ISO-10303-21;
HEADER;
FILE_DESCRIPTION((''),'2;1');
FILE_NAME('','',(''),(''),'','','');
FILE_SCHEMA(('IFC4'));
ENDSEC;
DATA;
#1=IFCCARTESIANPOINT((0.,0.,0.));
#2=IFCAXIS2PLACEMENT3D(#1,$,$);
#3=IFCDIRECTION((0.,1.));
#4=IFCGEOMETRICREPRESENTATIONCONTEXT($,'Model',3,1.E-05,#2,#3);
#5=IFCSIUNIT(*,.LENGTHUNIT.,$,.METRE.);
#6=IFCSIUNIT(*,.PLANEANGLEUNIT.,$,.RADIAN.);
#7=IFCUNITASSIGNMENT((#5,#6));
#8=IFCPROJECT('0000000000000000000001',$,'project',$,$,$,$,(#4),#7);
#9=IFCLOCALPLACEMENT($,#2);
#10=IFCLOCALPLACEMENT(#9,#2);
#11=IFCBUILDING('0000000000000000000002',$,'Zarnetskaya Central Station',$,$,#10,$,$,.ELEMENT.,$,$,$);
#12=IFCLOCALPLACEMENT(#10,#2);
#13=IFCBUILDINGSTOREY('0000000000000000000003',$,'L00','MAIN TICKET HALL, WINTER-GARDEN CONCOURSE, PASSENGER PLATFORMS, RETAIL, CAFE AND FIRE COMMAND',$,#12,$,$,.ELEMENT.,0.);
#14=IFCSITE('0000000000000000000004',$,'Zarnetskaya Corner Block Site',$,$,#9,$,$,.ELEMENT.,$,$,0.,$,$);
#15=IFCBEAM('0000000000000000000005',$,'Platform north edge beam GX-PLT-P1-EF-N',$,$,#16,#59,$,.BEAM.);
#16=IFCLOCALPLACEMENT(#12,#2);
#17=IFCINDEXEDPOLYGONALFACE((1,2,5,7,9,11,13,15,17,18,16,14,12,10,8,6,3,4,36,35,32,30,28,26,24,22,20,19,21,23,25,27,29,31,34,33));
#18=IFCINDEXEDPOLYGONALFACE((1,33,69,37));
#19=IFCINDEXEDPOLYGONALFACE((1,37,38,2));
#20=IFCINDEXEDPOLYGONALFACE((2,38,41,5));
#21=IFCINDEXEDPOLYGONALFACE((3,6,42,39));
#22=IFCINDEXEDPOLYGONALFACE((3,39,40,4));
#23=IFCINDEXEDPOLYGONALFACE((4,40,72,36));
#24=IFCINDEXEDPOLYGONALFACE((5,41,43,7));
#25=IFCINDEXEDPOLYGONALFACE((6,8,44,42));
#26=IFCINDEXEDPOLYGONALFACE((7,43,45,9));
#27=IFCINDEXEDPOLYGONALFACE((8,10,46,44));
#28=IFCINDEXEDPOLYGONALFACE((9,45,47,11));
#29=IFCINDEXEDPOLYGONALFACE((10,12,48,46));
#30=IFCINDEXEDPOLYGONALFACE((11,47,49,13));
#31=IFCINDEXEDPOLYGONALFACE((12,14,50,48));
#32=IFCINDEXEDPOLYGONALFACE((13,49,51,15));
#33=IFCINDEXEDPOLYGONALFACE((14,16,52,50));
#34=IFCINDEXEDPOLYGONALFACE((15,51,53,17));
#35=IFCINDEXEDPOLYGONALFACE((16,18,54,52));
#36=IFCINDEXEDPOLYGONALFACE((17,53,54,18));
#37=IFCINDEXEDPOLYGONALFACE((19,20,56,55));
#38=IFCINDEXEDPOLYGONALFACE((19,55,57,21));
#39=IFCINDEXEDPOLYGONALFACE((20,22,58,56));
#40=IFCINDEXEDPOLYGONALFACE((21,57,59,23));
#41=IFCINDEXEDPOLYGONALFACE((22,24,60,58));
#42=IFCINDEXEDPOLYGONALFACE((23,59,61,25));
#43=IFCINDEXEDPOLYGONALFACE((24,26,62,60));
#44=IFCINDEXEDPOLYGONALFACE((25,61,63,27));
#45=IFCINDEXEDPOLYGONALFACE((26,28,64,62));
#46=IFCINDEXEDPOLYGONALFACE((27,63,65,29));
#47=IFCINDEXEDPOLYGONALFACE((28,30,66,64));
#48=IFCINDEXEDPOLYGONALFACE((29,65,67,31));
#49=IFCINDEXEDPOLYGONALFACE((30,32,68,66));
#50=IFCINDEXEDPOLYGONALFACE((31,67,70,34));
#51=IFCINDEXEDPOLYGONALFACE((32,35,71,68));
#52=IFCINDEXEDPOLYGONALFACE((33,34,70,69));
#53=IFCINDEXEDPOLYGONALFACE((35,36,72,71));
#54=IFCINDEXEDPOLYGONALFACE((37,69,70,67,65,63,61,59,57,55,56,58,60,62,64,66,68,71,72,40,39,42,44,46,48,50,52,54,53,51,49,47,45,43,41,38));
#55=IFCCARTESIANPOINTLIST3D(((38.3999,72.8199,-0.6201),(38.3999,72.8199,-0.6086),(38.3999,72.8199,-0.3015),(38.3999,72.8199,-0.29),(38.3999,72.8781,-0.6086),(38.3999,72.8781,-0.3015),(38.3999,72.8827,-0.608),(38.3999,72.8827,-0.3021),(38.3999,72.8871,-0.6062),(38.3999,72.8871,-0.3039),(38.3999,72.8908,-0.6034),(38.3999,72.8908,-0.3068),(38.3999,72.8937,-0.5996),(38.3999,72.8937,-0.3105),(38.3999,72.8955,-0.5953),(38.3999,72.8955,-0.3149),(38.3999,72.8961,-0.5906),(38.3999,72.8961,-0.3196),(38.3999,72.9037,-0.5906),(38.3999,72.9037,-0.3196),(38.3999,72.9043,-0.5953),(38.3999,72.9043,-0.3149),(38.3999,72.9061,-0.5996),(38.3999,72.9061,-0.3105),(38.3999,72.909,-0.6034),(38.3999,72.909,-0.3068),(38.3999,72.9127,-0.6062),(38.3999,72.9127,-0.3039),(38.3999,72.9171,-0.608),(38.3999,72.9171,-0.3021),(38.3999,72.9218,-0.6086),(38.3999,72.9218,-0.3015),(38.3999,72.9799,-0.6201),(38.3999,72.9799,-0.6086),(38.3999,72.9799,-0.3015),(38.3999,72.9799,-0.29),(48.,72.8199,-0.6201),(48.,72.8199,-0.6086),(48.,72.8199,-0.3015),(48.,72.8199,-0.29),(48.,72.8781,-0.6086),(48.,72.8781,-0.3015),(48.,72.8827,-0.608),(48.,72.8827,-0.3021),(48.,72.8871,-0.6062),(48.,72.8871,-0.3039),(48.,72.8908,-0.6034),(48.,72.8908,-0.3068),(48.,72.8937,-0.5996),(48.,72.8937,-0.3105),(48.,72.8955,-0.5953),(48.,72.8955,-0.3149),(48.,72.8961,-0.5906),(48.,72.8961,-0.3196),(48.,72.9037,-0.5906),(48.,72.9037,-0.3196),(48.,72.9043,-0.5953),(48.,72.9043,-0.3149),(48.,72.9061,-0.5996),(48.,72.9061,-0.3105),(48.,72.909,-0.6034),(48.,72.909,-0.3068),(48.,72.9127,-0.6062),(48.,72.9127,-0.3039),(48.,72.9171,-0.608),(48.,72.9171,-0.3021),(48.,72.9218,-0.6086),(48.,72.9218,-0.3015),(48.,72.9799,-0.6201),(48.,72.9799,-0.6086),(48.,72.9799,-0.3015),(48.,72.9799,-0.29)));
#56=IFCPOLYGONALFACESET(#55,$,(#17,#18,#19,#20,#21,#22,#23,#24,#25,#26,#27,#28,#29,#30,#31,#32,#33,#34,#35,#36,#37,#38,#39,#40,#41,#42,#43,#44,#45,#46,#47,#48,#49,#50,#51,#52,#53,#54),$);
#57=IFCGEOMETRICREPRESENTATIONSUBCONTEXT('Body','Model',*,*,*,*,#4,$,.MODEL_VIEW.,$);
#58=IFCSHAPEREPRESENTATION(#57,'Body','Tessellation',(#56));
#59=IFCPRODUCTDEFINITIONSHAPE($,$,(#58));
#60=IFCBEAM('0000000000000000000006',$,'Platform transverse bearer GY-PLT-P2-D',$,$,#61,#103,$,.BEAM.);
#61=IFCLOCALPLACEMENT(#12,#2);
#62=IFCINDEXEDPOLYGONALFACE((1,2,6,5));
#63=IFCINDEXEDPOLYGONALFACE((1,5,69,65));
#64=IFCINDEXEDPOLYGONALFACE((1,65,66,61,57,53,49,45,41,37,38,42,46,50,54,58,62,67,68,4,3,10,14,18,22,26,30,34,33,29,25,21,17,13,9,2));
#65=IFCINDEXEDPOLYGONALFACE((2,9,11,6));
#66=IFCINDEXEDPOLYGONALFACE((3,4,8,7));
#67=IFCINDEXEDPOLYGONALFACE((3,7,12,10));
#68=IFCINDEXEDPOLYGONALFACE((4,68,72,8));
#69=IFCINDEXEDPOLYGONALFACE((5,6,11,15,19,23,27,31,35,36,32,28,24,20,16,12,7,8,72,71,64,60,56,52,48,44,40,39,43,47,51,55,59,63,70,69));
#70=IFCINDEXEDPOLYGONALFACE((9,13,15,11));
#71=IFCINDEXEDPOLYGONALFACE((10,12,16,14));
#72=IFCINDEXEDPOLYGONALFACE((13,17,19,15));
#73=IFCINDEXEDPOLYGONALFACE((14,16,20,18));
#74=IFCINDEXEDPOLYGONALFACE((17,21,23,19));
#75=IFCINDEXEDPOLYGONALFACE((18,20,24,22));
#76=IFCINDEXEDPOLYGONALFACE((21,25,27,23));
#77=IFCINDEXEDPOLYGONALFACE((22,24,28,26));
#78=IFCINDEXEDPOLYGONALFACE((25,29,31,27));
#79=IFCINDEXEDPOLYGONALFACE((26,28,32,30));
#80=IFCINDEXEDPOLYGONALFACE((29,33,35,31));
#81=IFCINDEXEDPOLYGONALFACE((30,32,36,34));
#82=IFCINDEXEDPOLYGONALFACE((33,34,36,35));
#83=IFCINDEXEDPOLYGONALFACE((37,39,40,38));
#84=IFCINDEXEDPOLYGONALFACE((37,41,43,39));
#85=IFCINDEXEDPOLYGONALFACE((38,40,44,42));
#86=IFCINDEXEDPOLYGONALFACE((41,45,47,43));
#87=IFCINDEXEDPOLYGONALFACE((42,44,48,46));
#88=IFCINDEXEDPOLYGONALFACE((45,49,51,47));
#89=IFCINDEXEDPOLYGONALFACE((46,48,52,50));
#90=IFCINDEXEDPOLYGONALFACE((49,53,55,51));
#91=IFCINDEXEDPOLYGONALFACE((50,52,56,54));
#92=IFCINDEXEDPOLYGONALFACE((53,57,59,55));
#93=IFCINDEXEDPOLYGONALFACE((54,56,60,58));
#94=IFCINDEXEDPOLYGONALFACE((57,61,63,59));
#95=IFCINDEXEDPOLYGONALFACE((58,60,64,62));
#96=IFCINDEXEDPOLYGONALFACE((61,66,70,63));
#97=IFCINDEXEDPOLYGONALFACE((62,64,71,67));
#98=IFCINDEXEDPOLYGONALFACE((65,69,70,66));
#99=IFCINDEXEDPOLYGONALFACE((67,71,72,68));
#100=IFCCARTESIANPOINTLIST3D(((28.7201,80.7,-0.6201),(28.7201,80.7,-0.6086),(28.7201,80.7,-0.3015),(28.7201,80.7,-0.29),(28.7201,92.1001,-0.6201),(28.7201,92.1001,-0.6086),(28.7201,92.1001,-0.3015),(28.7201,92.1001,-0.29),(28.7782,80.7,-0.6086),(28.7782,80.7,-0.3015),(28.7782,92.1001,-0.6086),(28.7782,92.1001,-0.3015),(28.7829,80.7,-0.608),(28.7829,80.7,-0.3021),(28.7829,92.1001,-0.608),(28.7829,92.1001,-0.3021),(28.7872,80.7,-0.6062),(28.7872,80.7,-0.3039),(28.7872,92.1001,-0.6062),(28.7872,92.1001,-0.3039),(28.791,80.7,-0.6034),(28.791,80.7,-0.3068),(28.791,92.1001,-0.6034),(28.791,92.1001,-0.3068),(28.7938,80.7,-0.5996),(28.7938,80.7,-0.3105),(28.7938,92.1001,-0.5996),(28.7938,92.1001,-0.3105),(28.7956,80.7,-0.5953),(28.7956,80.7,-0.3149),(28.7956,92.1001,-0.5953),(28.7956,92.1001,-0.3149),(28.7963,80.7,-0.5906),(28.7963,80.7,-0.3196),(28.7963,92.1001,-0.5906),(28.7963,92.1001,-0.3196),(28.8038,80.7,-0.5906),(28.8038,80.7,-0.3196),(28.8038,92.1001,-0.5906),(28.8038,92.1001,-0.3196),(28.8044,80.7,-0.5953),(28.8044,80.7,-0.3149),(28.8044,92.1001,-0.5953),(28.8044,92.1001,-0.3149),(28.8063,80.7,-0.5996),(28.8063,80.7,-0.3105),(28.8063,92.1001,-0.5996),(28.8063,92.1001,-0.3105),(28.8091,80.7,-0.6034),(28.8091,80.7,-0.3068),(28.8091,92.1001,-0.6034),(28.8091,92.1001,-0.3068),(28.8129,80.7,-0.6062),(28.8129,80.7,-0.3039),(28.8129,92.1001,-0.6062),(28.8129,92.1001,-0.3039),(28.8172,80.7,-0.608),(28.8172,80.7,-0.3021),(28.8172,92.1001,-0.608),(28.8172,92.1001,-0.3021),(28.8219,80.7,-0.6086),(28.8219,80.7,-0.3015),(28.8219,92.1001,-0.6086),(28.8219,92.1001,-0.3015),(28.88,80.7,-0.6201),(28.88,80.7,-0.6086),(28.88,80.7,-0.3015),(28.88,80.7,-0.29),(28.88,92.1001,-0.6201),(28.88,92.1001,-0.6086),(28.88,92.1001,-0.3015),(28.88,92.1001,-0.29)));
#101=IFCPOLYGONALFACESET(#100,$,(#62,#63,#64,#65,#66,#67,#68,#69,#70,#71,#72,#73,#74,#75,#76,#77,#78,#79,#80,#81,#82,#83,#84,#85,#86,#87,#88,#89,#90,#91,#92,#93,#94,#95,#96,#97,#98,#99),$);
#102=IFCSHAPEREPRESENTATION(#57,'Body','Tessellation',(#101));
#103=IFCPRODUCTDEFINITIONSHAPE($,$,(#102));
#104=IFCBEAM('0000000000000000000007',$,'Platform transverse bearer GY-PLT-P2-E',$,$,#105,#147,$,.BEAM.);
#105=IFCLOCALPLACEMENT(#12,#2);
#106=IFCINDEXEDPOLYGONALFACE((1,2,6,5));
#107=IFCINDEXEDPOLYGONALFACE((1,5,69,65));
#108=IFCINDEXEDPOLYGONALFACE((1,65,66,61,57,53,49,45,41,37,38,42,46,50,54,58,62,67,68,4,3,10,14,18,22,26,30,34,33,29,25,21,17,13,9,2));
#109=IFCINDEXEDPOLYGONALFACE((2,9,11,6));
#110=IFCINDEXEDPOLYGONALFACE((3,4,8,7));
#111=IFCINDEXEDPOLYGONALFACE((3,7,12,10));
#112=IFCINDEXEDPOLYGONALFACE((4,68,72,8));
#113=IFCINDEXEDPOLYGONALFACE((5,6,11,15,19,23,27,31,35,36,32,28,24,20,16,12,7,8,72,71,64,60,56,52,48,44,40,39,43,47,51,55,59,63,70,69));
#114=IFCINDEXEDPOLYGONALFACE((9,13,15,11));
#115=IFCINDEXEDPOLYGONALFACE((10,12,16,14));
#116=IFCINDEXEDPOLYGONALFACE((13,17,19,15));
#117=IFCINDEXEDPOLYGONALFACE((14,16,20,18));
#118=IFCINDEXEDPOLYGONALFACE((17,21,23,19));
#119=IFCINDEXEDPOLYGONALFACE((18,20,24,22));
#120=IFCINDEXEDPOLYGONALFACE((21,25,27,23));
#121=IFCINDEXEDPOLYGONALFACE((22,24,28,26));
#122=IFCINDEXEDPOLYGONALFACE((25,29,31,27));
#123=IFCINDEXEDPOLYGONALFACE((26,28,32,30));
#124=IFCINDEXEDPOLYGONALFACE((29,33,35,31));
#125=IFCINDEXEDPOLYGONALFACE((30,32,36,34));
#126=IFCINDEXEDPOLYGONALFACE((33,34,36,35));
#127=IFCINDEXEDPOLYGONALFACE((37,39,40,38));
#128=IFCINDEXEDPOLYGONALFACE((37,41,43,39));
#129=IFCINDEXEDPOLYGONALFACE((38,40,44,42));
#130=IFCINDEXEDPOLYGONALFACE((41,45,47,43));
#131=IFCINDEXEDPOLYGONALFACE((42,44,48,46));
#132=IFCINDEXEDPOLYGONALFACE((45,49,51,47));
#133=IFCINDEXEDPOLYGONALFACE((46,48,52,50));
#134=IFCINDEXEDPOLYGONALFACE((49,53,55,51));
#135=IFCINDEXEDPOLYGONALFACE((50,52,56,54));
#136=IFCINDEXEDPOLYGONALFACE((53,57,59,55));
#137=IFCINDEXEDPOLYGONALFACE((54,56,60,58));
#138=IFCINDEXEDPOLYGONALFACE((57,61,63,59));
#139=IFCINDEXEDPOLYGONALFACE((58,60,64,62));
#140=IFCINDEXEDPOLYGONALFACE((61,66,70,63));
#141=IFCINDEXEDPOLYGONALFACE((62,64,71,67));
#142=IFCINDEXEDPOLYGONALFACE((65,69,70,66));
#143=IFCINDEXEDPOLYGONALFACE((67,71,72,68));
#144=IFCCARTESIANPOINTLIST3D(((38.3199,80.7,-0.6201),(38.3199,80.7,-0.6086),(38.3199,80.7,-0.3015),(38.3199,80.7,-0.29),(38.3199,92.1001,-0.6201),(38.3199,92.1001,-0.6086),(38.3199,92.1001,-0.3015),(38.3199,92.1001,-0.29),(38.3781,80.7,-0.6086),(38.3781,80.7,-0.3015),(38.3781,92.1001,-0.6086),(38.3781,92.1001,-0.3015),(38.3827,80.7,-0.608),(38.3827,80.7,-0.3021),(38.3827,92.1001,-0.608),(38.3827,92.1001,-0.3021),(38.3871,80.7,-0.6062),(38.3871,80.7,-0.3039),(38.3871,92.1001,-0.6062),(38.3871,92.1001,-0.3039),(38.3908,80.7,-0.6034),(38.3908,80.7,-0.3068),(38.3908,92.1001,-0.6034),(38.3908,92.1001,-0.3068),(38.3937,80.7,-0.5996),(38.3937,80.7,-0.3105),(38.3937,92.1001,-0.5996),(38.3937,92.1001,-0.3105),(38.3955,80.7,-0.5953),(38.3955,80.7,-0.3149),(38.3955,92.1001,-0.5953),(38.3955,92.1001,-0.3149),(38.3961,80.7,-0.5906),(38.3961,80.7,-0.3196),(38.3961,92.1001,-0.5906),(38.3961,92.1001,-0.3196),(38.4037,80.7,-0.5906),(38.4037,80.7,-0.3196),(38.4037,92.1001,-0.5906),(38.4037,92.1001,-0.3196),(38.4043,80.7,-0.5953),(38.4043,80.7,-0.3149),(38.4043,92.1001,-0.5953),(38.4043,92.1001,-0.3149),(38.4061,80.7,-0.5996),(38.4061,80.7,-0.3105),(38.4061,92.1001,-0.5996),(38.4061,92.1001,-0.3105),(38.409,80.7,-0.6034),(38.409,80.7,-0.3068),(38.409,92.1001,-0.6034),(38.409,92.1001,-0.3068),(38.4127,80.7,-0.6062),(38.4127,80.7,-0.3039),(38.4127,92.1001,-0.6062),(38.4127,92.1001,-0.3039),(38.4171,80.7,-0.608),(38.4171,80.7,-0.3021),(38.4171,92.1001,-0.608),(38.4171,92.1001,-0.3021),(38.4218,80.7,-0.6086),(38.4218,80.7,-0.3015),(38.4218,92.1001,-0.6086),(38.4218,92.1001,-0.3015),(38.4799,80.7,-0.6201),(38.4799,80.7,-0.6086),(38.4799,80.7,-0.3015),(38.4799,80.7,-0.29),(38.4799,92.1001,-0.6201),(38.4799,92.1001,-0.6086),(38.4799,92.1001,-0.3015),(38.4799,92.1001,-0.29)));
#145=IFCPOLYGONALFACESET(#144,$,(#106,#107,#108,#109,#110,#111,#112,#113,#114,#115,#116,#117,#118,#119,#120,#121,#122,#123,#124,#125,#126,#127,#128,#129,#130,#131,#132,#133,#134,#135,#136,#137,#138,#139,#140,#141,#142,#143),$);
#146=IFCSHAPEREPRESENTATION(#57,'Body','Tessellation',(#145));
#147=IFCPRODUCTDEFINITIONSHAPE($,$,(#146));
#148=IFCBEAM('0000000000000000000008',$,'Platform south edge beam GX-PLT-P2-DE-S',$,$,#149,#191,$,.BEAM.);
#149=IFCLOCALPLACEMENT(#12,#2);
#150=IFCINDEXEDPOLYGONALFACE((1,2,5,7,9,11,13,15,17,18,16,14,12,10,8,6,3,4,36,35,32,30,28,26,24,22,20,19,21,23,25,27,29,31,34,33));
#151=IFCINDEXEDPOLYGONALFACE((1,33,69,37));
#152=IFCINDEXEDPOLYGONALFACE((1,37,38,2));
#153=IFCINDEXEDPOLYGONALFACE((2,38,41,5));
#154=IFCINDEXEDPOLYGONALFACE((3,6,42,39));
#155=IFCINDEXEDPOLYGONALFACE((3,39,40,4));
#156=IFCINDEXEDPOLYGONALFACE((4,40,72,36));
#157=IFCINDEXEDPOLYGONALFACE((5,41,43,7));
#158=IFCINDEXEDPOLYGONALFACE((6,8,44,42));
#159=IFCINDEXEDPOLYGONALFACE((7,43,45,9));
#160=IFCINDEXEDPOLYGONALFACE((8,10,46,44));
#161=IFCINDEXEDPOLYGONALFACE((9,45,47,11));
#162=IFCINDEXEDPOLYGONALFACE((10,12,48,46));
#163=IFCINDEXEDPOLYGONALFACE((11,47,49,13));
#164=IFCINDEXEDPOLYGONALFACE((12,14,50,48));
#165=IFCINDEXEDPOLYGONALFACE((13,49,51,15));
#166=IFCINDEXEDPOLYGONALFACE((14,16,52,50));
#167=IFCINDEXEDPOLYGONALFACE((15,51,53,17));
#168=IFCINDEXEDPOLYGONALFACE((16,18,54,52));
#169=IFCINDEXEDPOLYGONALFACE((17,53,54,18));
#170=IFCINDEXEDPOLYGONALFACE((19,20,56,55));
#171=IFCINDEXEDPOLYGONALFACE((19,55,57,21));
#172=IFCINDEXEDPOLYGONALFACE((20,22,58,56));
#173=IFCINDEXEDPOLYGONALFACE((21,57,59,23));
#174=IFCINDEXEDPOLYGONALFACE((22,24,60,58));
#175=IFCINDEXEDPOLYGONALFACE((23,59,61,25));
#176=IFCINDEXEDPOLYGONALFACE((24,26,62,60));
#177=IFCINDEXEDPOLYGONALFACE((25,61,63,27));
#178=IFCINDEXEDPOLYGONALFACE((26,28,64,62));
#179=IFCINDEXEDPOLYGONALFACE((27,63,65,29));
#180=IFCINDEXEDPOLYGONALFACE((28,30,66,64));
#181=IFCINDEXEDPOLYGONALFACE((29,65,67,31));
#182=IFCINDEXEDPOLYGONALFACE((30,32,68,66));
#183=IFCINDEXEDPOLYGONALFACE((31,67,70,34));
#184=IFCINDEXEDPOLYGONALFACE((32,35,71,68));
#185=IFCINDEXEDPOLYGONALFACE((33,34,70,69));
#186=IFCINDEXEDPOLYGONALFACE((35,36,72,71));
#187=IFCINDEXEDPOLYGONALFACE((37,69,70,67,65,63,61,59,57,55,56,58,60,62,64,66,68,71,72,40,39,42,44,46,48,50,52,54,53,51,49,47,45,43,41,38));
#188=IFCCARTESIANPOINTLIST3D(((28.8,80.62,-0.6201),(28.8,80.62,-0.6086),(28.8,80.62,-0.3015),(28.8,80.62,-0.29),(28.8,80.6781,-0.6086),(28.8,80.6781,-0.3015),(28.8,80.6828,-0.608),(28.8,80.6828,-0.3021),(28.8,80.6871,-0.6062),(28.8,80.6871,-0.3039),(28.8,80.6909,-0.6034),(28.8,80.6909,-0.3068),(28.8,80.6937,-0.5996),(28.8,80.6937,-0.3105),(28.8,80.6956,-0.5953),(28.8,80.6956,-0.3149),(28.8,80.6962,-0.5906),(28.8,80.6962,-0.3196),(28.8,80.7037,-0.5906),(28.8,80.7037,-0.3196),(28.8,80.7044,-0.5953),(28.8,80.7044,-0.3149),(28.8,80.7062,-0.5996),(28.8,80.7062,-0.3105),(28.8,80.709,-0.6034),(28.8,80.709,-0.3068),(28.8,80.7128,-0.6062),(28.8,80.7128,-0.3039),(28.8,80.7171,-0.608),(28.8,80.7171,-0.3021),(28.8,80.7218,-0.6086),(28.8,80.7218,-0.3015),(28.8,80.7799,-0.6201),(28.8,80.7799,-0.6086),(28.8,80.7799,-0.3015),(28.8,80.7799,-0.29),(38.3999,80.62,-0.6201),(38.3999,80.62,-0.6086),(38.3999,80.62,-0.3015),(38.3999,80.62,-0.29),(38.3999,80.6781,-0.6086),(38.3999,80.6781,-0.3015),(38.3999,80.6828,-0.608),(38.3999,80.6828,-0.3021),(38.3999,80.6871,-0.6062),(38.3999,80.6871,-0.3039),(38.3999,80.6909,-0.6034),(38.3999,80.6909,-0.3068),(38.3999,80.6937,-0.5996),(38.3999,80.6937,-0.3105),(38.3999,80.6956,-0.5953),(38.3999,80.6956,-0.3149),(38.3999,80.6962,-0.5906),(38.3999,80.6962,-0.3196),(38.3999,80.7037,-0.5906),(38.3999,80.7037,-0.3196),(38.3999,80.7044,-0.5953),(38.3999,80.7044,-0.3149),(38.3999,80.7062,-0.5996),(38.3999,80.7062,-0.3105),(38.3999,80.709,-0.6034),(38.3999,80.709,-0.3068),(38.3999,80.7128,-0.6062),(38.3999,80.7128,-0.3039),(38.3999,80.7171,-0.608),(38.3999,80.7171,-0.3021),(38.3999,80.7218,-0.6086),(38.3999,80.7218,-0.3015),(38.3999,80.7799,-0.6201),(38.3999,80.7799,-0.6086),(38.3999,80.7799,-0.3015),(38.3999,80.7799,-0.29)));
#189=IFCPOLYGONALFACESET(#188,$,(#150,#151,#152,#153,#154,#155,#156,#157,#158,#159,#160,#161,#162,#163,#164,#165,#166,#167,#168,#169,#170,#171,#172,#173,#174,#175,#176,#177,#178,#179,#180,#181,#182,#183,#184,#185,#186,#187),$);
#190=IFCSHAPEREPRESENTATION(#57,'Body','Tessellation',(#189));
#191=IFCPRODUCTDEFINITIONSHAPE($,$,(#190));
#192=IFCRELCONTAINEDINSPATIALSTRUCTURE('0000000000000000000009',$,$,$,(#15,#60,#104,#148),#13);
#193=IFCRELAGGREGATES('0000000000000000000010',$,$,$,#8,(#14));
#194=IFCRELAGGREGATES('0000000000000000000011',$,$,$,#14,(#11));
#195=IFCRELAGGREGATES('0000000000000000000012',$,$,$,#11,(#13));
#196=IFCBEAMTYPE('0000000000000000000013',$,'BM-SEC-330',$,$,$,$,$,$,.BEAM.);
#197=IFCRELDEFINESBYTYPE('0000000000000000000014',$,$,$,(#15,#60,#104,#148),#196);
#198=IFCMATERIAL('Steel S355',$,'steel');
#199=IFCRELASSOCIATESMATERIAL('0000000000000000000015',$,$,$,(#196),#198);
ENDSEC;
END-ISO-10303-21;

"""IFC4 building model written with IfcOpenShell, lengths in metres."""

from ifc_helpers import new_model, si_unit, direction, frame, origin, origin_2d, place, context, subcontext, project, spatial, i_section, extrude, material, material_profile, profile_set, type_object, element, save


model = new_model("IFC4")

# Units and contexts
model_context = context("Model", 3, precision=1e-05, world=origin(), true_north=direction((0.0, 1.0)))
body_context = subcontext(model_context, "Body", "Model", "MODEL_VIEW")
ifc_project = project(units=[si_unit("LENGTHUNIT", "METRE"), si_unit("PLANEANGLEUNIT", "RADIAN")], contexts=[model_context])

# Site, building, storey
site_placement = place(None, origin())
site = spatial("IfcSite", under=ifc_project, at=site_placement, Name="Zarnetskaya Corner Block Site", CompositionType="ELEMENT", RefElevation=0.0)
building_placement = place(site_placement, origin())
building = spatial("IfcBuilding", under=site, at=building_placement, Name="Zarnetskaya Central Station", CompositionType="ELEMENT")
storey_placement = place(building_placement, origin())
storey = spatial("IfcBuildingStorey", under=building, at=storey_placement, Name="L00", Description="MAIN TICKET HALL, WINTER-GARDEN CONCOURSE, PASSENGER PLATFORMS, RETAIL, CAFE AND FIRE COMMAND", CompositionType="ELEMENT", Elevation=0.0)

# Shared definitions
ifc_material = material(Name="Steel S355", Category="steel")

# Beams
ifc_material_profile_1 = material_profile(ifc_material, i_section(OverallWidth=0.1599, OverallDepth=0.3301, WebThickness=0.0076, FlangeThickness=0.0115, FilletRadius=0.0181, at=origin_2d()), Name="IPE 330")
ifc_profile_set_1 = profile_set([ifc_material_profile_1], Name="Steel S355")
beam_type_1 = type_object("IfcBeamType", Name="BM-SEC-330", PredefinedType="BEAM", material=ifc_profile_set_1)
beam_1_placement = place(storey_placement, frame((38.3999, 72.8999, -0.4551), z_axis=(1.0, 0.0, 0.0), x_axis=(0.0, 1.0, 0.0)))
element("IfcBeam", 1, at=beam_1_placement, inside=storey, type_object=beam_type_1, Name="Platform north edge beam GX-PLT-P1-EF-N", PredefinedType="BEAM", context=body_context, shape_type="SweptSolid", body=[
    extrude(i_section(OverallWidth=0.1599, OverallDepth=0.3301, WebThickness=0.0076, FlangeThickness=0.0115, FilletRadius=0.0181, at=origin_2d()), origin(), (0.0, 0.0, 1.0), 9.6001),
])
for number, where, z_axis, x_axis, name in (
    (2, (28.8, 80.7, -0.4551), (0.0, 1.0, 0.0), (-1.0, 0.0, 0.0), "Platform transverse bearer GY-PLT-P2-D"),
    (3, (38.3999, 80.7, -0.4551), (0.0, 1.0, 0.0), (-1.0, 0.0, 0.0), "Platform transverse bearer GY-PLT-P2-E"),
):
    element("IfcBeam", number, at=place(storey_placement, frame(where, z_axis=z_axis, x_axis=x_axis)), inside=storey, type_object=beam_type_1, Name=name, PredefinedType="BEAM", context=body_context, shape_type="SweptSolid", body=[
        extrude(i_section(OverallWidth=0.1599, OverallDepth=0.3301, WebThickness=0.0076, FlangeThickness=0.0115, FilletRadius=0.0181, at=origin_2d()), origin(), (0.0, 0.0, 1.0), 11.4001),
    ])
beam_2_placement = place(storey_placement, frame((28.8, 80.7, -0.4551), z_axis=(1.0, 0.0, 0.0), x_axis=(0.0, 1.0, 0.0)))
element("IfcBeam", 4, at=beam_2_placement, inside=storey, type_object=beam_type_1, Name="Platform south edge beam GX-PLT-P2-DE-S", PredefinedType="BEAM", context=body_context, shape_type="SweptSolid", body=[
    extrude(i_section(OverallWidth=0.1599, OverallDepth=0.3301, WebThickness=0.0076, FlangeThickness=0.0115, FilletRadius=0.0181, at=origin_2d()), origin(), (0.0, 0.0, 1.0), 9.5999),
])

save(model, "model.ifc")
